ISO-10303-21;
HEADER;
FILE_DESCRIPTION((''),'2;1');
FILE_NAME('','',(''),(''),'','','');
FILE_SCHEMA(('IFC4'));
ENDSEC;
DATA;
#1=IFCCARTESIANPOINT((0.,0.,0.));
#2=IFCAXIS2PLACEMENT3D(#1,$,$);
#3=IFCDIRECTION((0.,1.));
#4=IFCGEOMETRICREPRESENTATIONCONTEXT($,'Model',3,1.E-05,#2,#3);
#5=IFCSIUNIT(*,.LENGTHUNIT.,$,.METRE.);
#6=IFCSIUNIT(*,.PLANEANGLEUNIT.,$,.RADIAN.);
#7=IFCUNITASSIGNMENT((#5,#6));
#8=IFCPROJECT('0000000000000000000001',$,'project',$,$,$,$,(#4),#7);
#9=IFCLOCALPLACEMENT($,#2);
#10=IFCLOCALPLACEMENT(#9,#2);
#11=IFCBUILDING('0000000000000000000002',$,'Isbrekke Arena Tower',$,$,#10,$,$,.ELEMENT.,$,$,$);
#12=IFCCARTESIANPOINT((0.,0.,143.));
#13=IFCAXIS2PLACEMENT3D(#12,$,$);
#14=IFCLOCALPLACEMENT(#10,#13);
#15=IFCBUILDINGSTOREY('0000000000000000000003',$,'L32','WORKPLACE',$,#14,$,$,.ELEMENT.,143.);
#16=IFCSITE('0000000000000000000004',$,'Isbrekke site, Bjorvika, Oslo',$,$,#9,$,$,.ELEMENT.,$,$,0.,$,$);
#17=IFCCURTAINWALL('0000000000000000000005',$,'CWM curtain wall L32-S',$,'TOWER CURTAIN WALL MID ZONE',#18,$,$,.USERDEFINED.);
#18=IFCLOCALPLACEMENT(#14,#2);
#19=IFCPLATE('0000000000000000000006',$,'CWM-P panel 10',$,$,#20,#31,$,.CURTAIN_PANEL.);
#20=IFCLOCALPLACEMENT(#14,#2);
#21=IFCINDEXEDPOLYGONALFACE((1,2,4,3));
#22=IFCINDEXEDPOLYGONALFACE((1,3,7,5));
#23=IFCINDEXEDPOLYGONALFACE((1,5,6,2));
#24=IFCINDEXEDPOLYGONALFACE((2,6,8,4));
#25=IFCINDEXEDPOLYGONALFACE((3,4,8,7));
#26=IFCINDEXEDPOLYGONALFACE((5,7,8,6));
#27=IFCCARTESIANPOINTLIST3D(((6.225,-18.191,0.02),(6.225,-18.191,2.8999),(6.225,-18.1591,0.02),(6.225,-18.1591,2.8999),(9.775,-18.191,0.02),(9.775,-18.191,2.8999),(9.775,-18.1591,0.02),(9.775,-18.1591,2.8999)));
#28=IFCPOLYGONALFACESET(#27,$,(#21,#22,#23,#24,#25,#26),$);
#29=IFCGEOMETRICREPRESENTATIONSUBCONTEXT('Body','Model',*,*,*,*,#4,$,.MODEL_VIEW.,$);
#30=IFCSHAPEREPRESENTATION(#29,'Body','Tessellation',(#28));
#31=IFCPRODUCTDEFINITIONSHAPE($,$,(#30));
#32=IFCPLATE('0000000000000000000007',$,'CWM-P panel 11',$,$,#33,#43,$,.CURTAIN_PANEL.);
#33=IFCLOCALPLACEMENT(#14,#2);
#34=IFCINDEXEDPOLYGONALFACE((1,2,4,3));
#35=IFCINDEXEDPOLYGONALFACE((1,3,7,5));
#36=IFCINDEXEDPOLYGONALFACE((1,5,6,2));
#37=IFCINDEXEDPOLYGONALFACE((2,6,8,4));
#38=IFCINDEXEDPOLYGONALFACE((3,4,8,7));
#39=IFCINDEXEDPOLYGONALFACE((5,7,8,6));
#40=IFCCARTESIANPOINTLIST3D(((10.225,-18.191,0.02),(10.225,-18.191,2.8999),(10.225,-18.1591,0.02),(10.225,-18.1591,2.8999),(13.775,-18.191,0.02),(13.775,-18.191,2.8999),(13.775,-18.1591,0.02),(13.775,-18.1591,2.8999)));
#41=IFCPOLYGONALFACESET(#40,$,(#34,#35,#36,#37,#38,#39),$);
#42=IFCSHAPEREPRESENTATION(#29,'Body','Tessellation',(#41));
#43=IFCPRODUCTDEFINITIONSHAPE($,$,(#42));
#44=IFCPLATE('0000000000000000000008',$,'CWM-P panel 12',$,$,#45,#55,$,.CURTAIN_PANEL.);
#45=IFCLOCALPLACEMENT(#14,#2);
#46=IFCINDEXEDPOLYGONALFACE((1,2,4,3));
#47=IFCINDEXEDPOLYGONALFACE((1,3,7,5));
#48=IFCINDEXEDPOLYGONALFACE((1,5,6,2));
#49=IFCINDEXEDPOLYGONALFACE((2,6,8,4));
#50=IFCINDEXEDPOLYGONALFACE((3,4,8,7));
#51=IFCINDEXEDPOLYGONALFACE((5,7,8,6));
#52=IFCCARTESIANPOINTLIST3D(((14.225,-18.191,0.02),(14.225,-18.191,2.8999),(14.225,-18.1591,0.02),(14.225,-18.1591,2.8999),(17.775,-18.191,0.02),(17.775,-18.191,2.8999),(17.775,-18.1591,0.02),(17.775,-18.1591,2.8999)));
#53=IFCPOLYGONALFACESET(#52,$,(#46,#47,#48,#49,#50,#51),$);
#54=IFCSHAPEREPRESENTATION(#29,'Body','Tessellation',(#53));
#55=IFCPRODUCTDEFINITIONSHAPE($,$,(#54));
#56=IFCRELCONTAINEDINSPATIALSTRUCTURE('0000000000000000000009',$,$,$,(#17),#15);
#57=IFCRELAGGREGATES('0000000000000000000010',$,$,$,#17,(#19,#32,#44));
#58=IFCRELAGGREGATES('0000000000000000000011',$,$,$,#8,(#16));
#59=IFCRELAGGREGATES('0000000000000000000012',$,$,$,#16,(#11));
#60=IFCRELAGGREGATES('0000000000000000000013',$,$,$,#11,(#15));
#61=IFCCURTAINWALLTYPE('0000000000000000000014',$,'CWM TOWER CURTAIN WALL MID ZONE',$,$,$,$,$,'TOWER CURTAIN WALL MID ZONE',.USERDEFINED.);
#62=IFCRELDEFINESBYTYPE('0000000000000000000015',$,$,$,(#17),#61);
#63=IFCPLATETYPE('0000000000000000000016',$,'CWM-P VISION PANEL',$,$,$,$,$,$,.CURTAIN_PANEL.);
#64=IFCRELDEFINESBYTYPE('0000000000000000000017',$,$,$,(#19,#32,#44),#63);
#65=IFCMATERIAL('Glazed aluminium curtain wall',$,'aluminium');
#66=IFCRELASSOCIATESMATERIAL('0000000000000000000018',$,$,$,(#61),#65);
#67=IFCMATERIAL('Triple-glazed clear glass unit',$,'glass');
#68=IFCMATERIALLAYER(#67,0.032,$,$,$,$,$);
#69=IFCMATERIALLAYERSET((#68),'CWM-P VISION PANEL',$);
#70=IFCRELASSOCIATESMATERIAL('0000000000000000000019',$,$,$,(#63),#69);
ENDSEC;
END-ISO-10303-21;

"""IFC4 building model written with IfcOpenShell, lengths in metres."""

from ifc_helpers import new_model, si_unit, direction, frame, origin, origin_2d, place, context, subcontext, project, spatial, rectangle, extrude, material, layer, layer_set, type_object, element, aggregate, save


model = new_model("IFC4")

# Units and contexts
model_context = context("Model", 3, precision=1e-05, world=origin(), true_north=direction((0.0, 1.0)))
body_context = subcontext(model_context, "Body", "Model", "MODEL_VIEW")
ifc_project = project(units=[si_unit("LENGTHUNIT", "METRE"), si_unit("PLANEANGLEUNIT", "RADIAN")], contexts=[model_context])

# Site, building, storey
site_placement = place(None, origin())
site = spatial("IfcSite", under=ifc_project, at=site_placement, Name="Isbrekke site, Bjorvika, Oslo", CompositionType="ELEMENT", RefElevation=0.0)
building_placement = place(site_placement, origin())
building = spatial("IfcBuilding", under=site, at=building_placement, Name="Isbrekke Arena Tower", CompositionType="ELEMENT")
storey_placement = place(building_placement, frame((0.0, 0.0, 143.0)))
storey = spatial("IfcBuildingStorey", under=building, at=storey_placement, Name="L32", Description="WORKPLACE", CompositionType="ELEMENT", Elevation=143.0)

# Curtain wall
ifc_material_1 = material(Name="Glazed aluminium curtain wall", Category="aluminium")
curtain_wall_type = type_object("IfcCurtainWallType", Name="CWM TOWER CURTAIN WALL MID ZONE", ElementType="TOWER CURTAIN WALL MID ZONE", PredefinedType="USERDEFINED", material=ifc_material_1)
curtain_wall_placement = place(storey_placement, origin())
curtain_wall = element("IfcCurtainWall", 1, at=curtain_wall_placement, inside=storey, type_object=curtain_wall_type, Name="CWM curtain wall L32-S", ObjectType="TOWER CURTAIN WALL MID ZONE", PredefinedType="USERDEFINED")

# Plates
ifc_material_2 = material(Name="Triple-glazed clear glass unit", Category="glass")
ifc_layer = layer(ifc_material_2, 0.032)
ifc_layer_set = layer_set([ifc_layer], Name="CWM-P VISION PANEL")
plate_type = type_object("IfcPlateType", Name="CWM-P VISION PANEL", PredefinedType="CURTAIN_PANEL", material=ifc_layer_set)
plate_1_placement = place(storey_placement, frame((8.0, -18.175, 0.02), z_axis=(0.0, 0.0, 1.0), x_axis=(1.0, 0.0, 0.0)))
plate_1 = element("IfcPlate", 2, at=plate_1_placement, type_object=plate_type, Name="CWM-P panel 10", PredefinedType="CURTAIN_PANEL", context=body_context, shape_type="SweptSolid", body=[
    extrude(rectangle(XDim=3.55, YDim=0.032, at=origin_2d()), origin(), (0.0, 0.0, 1.0), 2.8799),
])
plate_2_placement = place(storey_placement, frame((12.0, -18.175, 0.02), z_axis=(0.0, 0.0, 1.0), x_axis=(1.0, 0.0, 0.0)))
plate_2 = element("IfcPlate", 3, at=plate_2_placement, type_object=plate_type, Name="CWM-P panel 11", PredefinedType="CURTAIN_PANEL", context=body_context, shape_type="SweptSolid", body=[
    extrude(rectangle(XDim=3.55, YDim=0.032, at=origin_2d()), origin(), (0.0, 0.0, 1.0), 2.8799),
])
plate_3_placement = place(storey_placement, frame((16.0, -18.175, 0.02), z_axis=(0.0, 0.0, 1.0), x_axis=(1.0, 0.0, 0.0)))
plate_3 = element("IfcPlate", 4, at=plate_3_placement, type_object=plate_type, Name="CWM-P panel 12", PredefinedType="CURTAIN_PANEL", context=body_context, shape_type="SweptSolid", body=[
    extrude(rectangle(XDim=3.55, YDim=0.032, at=origin_2d()), origin(), (0.0, 0.0, 1.0), 2.8799),
])
aggregate(curtain_wall, [plate_1, plate_2, plate_3])

save(model, "model.ifc")
